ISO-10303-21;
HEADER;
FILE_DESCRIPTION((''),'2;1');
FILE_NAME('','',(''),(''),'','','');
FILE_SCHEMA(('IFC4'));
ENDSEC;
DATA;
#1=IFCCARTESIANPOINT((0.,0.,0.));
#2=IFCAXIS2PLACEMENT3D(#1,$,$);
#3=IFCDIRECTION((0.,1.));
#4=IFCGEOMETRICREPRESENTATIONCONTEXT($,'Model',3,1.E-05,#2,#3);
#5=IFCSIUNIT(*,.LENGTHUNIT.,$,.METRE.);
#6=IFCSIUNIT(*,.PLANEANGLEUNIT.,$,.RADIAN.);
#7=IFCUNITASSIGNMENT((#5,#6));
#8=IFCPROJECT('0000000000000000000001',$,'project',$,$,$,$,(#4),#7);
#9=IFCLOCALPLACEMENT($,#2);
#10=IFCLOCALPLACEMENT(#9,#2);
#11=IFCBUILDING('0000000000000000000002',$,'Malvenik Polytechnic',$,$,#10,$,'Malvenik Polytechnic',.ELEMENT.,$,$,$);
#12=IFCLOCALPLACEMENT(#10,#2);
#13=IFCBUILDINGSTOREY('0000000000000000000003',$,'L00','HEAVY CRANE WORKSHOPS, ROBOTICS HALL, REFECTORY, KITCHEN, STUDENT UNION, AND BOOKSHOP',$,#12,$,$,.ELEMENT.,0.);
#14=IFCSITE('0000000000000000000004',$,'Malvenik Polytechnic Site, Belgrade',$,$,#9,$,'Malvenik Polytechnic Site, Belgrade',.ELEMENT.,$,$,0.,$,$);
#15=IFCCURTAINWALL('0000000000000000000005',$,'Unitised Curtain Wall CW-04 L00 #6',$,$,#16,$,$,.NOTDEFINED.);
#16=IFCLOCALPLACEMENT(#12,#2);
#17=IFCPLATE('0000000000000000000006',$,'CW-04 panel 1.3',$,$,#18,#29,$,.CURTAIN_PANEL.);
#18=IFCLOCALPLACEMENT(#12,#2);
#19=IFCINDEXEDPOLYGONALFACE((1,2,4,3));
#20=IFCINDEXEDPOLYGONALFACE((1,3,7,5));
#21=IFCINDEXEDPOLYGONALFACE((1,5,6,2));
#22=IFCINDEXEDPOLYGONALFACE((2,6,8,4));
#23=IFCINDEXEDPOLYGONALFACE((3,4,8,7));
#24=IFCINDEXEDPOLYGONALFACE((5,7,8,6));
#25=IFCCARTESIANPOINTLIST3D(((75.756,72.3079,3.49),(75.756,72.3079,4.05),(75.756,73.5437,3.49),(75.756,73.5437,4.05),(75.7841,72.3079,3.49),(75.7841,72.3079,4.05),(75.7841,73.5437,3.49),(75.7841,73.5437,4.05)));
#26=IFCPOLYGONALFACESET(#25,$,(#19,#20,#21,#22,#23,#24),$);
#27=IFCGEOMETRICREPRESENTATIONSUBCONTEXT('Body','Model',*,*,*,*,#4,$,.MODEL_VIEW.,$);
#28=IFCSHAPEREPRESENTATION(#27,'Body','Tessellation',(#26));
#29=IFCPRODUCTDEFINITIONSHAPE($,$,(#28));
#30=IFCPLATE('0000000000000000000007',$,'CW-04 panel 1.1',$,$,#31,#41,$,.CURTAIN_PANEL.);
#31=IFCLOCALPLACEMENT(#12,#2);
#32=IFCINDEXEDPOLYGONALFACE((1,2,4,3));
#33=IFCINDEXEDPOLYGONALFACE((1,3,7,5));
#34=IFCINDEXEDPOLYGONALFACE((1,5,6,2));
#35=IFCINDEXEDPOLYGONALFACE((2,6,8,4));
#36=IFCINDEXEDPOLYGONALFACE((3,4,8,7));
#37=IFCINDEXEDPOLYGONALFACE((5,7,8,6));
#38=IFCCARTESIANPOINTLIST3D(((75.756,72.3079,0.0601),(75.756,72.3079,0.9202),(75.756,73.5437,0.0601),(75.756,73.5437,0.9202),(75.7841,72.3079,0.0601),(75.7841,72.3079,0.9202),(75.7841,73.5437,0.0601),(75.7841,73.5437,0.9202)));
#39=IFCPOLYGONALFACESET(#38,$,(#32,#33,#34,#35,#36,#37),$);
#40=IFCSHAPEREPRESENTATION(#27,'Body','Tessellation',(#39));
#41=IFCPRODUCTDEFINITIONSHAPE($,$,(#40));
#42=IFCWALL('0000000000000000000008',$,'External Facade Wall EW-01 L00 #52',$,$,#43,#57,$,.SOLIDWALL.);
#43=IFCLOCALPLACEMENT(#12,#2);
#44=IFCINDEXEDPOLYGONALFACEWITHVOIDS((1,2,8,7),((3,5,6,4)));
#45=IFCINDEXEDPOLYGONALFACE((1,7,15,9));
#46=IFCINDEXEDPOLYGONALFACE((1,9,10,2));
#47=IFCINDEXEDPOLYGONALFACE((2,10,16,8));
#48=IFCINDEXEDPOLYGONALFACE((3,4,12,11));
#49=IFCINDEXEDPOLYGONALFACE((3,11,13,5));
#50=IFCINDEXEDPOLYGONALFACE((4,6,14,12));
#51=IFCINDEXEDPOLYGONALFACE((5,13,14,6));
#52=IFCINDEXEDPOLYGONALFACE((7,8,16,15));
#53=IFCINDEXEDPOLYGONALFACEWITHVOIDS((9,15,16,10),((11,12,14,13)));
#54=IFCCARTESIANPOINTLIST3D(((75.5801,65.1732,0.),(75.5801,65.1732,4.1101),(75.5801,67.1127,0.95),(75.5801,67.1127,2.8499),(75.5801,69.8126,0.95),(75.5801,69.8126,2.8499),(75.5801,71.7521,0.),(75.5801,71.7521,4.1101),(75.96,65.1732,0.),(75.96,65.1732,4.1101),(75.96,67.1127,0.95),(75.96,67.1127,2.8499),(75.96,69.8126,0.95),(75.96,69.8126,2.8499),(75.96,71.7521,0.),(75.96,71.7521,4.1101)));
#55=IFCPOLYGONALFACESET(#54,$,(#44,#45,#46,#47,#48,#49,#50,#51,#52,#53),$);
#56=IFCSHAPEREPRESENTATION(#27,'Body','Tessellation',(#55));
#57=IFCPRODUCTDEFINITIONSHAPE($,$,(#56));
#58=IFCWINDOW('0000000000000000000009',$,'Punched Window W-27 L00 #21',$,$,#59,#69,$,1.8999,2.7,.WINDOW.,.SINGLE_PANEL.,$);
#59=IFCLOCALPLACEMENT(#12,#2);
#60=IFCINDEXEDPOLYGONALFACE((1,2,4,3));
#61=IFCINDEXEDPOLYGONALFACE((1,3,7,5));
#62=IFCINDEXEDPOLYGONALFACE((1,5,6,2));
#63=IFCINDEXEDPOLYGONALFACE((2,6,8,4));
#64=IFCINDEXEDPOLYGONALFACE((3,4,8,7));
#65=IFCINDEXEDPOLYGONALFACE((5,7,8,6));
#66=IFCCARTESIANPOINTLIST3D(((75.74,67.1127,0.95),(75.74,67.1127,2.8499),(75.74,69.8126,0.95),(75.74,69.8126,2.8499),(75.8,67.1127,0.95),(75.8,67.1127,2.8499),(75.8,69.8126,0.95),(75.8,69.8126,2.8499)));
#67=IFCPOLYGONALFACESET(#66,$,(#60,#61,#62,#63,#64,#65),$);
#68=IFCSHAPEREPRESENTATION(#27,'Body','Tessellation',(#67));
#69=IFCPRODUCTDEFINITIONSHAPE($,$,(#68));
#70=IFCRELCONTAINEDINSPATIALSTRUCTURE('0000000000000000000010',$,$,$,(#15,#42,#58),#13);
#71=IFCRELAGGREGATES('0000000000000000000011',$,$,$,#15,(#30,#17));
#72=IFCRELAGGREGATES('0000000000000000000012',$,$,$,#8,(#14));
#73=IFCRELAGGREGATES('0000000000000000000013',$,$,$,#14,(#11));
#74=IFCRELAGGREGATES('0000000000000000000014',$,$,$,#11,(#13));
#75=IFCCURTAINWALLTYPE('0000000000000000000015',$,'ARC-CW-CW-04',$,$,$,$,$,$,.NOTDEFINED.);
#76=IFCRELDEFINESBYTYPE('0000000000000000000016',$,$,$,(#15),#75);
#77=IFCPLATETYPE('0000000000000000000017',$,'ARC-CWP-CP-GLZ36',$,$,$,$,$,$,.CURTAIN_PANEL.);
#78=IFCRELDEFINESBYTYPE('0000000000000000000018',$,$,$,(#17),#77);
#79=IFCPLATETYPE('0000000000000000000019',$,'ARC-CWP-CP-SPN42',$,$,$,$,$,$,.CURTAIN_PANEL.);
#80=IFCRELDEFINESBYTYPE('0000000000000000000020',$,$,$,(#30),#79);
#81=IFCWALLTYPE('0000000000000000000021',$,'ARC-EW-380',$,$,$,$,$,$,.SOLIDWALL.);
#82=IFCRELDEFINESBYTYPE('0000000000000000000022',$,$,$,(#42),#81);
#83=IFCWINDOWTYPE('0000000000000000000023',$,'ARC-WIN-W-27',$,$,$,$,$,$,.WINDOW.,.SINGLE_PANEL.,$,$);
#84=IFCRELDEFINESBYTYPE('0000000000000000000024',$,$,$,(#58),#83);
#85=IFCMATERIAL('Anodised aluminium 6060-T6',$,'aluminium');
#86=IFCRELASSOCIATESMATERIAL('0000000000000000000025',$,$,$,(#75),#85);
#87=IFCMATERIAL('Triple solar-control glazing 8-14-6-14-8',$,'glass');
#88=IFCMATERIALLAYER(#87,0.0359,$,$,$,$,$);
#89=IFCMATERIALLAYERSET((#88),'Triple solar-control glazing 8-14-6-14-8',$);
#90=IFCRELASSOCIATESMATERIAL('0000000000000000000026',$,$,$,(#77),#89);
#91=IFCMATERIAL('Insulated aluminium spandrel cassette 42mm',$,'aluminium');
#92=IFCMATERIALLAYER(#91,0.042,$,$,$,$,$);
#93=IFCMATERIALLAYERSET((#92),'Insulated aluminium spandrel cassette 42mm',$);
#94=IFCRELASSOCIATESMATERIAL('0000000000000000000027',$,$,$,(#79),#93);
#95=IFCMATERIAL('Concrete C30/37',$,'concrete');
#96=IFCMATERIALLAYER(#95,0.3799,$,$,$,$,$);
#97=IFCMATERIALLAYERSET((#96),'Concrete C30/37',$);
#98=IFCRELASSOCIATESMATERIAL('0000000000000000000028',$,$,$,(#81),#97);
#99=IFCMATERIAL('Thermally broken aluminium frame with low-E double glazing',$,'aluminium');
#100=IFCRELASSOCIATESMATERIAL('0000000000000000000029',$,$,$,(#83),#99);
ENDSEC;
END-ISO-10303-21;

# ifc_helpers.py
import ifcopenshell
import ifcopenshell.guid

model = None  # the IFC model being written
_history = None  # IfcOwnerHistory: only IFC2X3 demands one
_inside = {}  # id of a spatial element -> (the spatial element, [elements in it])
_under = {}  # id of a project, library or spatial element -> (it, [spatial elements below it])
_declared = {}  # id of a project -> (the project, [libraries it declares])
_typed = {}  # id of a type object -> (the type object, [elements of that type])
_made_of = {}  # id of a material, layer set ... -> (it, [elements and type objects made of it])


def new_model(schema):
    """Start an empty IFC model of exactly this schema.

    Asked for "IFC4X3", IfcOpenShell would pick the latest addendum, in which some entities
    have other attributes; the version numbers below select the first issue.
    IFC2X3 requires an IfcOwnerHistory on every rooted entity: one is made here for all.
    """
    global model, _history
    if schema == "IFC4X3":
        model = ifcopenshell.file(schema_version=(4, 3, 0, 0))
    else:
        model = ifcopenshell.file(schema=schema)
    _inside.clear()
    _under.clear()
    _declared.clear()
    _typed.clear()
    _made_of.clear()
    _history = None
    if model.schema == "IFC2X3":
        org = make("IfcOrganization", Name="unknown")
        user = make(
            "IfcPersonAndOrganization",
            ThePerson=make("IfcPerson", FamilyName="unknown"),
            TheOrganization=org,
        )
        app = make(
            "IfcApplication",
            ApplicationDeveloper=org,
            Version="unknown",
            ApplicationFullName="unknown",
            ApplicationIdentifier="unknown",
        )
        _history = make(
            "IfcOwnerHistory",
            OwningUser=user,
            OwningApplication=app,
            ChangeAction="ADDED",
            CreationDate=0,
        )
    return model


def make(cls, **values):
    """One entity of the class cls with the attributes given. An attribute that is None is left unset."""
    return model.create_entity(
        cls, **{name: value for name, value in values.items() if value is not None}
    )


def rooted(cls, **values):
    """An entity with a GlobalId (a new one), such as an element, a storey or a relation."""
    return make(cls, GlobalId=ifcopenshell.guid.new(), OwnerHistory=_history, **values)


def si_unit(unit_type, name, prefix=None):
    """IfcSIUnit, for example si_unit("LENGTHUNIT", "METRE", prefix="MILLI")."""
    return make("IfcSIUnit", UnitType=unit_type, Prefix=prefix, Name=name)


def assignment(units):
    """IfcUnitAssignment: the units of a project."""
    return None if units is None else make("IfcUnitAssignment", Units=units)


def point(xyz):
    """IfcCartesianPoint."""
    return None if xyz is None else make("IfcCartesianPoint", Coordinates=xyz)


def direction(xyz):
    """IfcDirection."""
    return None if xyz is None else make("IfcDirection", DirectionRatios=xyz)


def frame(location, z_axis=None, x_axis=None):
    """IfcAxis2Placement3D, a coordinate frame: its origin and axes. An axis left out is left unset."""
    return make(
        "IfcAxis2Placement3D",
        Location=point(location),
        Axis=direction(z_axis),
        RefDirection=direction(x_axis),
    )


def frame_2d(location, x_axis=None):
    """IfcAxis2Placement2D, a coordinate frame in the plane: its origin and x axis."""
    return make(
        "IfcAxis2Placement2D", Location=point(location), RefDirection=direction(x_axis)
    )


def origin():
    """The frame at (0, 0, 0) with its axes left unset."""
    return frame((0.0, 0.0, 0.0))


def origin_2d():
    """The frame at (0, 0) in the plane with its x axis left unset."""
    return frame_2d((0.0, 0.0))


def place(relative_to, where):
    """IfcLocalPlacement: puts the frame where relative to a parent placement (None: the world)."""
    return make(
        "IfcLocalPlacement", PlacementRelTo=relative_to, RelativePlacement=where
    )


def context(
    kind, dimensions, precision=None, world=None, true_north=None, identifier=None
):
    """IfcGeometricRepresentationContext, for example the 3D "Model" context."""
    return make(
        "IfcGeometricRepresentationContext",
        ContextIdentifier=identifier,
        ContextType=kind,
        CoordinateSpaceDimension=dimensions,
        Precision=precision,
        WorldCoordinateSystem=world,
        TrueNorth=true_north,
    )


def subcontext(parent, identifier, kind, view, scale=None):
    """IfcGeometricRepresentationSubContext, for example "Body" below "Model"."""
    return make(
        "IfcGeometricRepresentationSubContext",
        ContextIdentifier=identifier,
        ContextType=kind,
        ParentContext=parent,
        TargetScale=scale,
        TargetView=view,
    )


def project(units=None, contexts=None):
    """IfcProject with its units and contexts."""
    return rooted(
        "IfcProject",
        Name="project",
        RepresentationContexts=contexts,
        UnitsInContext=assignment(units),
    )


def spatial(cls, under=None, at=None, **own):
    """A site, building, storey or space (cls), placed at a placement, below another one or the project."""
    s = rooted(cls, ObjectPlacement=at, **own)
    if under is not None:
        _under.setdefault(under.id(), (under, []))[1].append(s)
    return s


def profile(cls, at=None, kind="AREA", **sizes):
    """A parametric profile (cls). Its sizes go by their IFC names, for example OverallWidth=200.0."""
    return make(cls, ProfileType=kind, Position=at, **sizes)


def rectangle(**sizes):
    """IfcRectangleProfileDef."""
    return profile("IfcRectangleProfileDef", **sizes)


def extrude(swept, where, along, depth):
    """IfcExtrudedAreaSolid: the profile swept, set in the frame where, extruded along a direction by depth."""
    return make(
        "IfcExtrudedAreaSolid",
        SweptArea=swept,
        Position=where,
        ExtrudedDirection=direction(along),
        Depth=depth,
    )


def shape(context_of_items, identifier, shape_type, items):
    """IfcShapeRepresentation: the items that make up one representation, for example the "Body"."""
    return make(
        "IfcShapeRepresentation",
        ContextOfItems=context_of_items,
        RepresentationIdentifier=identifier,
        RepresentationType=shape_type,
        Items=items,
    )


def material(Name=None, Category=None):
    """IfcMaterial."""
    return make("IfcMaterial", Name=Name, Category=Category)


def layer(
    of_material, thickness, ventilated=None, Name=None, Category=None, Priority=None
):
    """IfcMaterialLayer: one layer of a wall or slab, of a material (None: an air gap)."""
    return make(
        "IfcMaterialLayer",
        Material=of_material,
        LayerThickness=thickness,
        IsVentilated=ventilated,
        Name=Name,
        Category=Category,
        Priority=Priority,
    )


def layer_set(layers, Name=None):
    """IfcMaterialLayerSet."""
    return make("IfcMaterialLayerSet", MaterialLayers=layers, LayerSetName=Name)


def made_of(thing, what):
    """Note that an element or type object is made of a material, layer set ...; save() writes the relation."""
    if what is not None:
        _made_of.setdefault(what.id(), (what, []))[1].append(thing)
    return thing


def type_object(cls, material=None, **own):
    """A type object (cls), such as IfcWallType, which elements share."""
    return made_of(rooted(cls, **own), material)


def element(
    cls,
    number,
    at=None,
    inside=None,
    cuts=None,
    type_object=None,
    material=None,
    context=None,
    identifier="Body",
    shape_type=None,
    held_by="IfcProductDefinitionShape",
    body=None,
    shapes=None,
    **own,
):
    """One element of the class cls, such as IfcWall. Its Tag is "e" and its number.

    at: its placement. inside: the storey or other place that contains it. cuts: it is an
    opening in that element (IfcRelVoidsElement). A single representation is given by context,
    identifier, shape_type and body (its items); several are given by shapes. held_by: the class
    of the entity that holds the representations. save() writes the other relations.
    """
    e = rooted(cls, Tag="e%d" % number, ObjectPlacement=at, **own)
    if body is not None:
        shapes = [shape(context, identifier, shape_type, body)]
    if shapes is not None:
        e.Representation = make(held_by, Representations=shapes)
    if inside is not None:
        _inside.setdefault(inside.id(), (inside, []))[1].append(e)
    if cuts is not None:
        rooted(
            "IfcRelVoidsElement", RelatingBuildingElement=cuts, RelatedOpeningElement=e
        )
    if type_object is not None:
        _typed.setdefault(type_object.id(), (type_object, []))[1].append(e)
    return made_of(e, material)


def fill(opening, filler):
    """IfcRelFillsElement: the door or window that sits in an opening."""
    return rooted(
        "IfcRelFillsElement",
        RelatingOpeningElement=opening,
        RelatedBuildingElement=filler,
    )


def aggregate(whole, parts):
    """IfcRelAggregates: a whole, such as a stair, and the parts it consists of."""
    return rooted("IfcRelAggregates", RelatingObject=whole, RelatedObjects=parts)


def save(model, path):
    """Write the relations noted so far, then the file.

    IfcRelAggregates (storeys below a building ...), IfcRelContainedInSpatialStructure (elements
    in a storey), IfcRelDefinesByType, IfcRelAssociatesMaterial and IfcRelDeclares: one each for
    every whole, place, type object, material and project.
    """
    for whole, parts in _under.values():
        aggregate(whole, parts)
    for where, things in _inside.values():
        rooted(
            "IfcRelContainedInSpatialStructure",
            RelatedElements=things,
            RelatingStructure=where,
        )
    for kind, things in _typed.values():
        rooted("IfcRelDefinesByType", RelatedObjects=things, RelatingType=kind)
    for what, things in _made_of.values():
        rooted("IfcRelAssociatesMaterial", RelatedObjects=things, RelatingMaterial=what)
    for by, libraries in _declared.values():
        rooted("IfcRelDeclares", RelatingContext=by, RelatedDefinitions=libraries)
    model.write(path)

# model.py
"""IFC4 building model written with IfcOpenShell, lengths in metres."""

from ifc_helpers import new_model, si_unit, direction, frame, frame_2d, origin, origin_2d, place, context, subcontext, project, spatial, rectangle, extrude, material, layer, layer_set, type_object, element, fill, aggregate, save


model = new_model("IFC4")

# Units and contexts
model_context = context("Model", 3, precision=1e-05, world=origin(), true_north=direction((0.0, 1.0)))
body_context = subcontext(model_context, "Body", "Model", "MODEL_VIEW")
ifc_project = project(units=[si_unit("LENGTHUNIT", "METRE"), si_unit("PLANEANGLEUNIT", "RADIAN")], contexts=[model_context])

# Site, building, storey
site_placement = place(None, origin())
site = spatial("IfcSite", under=ifc_project, at=site_placement, Name="Malvenik Polytechnic Site, Belgrade", LongName="Malvenik Polytechnic Site, Belgrade", CompositionType="ELEMENT", RefElevation=0.0)
building_placement = place(site_placement, origin())
building = spatial("IfcBuilding", under=site, at=building_placement, Name="Malvenik Polytechnic", LongName="Malvenik Polytechnic", CompositionType="ELEMENT")
storey_placement = place(building_placement, origin())
storey = spatial("IfcBuildingStorey", under=building, at=storey_placement, Name="L00", Description="HEAVY CRANE WORKSHOPS, ROBOTICS HALL, REFECTORY, KITCHEN, STUDENT UNION, AND BOOKSHOP", CompositionType="ELEMENT", Elevation=0.0)

# Curtain wall
ifc_material_1 = material(Name="Anodised aluminium 6060-T6", Category="aluminium")
curtain_wall_type = type_object("IfcCurtainWallType", Name="ARC-CW-CW-04", PredefinedType="NOTDEFINED", material=ifc_material_1)
curtain_wall_placement = place(storey_placement, origin())
curtain_wall = element("IfcCurtainWall", 1, at=curtain_wall_placement, inside=storey, type_object=curtain_wall_type, Name="Unitised Curtain Wall CW-04 L00 #6", PredefinedType="NOTDEFINED")

# Plates
ifc_material_2 = material(Name="Triple solar-control glazing 8-14-6-14-8", Category="glass")
ifc_layer_1 = layer(ifc_material_2, 0.0359)
ifc_layer_set_1 = layer_set([ifc_layer_1], Name="Triple solar-control glazing 8-14-6-14-8")
plate_type_1 = type_object("IfcPlateType", Name="ARC-CWP-CP-GLZ36", PredefinedType="CURTAIN_PANEL", material=ifc_layer_set_1)
plate_1_placement = place(storey_placement, frame((75.77, 72.9258, 3.49), z_axis=(0.0, 0.0, 1.0), x_axis=(0.0, 1.0, 0.0)))
plate_1 = element("IfcPlate", 2, at=plate_1_placement, type_object=plate_type_1, Name="CW-04 panel 1.3", PredefinedType="CURTAIN_PANEL", context=body_context, shape_type="SweptSolid", body=[
    extrude(rectangle(XDim=1.2358, YDim=0.0281, at=origin_2d()), origin(), (0.0, 0.0, 1.0), 0.5601),
])
ifc_material_3 = material(Name="Insulated aluminium spandrel cassette 42mm", Category="aluminium")
ifc_layer_2 = layer(ifc_material_3, 0.042)
ifc_layer_set_2 = layer_set([ifc_layer_2], Name="Insulated aluminium spandrel cassette 42mm")
plate_type_2 = type_object("IfcPlateType", Name="ARC-CWP-CP-SPN42", PredefinedType="CURTAIN_PANEL", material=ifc_layer_set_2)
plate_2_placement = place(storey_placement, frame((75.77, 72.9258, 0.0601), z_axis=(0.0, 0.0, 1.0), x_axis=(0.0, 1.0, 0.0)))
plate_2 = element("IfcPlate", 3, at=plate_2_placement, type_object=plate_type_2, Name="CW-04 panel 1.1", PredefinedType="CURTAIN_PANEL", context=body_context, shape_type="SweptSolid", body=[
    extrude(rectangle(XDim=1.2358, YDim=0.0281, at=origin_2d()), origin(), (0.0, 0.0, 1.0), 0.8601),
])
aggregate(curtain_wall, [plate_2, plate_1])

# Wall, opening, window
ifc_material_4 = material(Name="Concrete C30/37", Category="concrete")
ifc_layer_3 = layer(ifc_material_4, 0.3799)
ifc_layer_set_3 = layer_set([ifc_layer_3], Name="Concrete C30/37")
wall_type = type_object("IfcWallType", Name="ARC-EW-380", PredefinedType="SOLIDWALL", material=ifc_layer_set_3)
wall_placement = place(storey_placement, frame((75.77, 65.1731, 0.0), z_axis=(0.0, 0.0, 1.0), x_axis=(0.0, 1.0, 0.0)))
wall = element("IfcWall", 4, at=wall_placement, inside=storey, type_object=wall_type, Name="External Facade Wall EW-01 L00 #52", PredefinedType="SOLIDWALL", context=body_context, shape_type="SweptSolid", body=[
    extrude(rectangle(XDim=6.5789, YDim=0.3799, at=frame_2d((3.2896, 0.0))), origin(), (0.0, 0.0, 1.0), 4.1101),
])
opening_placement = place(wall_placement, frame((1.9395, 0.0, 0.95)))
opening = element("IfcOpeningElement", 5, at=opening_placement, cuts=wall, PredefinedType="OPENING", context=body_context, shape_type="SweptSolid", body=[
    extrude(rectangle(XDim=2.7, YDim=1.8999, at=frame_2d((1.3501, 0.95))), frame((0.0, 0.2, 0.0), z_axis=(0.0, -1.0, 0.0), x_axis=(1.0, 0.0, 0.0)), (0.0, 0.0, 1.0), 0.3999),
])
ifc_material_5 = material(Name="Thermally broken aluminium frame with low-E double glazing", Category="aluminium")
window_type = type_object("IfcWindowType", Name="ARC-WIN-W-27", PartitioningType="SINGLE_PANEL", PredefinedType="WINDOW", material=ifc_material_5)
window_placement = place(opening_placement, origin())
window = element("IfcWindow", 6, at=window_placement, inside=storey, type_object=window_type, Name="Punched Window W-27 L00 #21", OverallHeight=1.8999, OverallWidth=2.7, PartitioningType="SINGLE_PANEL", PredefinedType="WINDOW", context=body_context, shape_type="SweptSolid", body=[
    extrude(rectangle(XDim=2.7, YDim=1.8999, at=frame_2d((1.3501, 0.95))), frame((0.0, 0.03, 0.0), z_axis=(0.0, -1.0, 0.0), x_axis=(1.0, 0.0, 0.0)), (0.0, 0.0, 1.0), 0.0601),
])
fill(opening, window)

save(model, "model.ifc")
